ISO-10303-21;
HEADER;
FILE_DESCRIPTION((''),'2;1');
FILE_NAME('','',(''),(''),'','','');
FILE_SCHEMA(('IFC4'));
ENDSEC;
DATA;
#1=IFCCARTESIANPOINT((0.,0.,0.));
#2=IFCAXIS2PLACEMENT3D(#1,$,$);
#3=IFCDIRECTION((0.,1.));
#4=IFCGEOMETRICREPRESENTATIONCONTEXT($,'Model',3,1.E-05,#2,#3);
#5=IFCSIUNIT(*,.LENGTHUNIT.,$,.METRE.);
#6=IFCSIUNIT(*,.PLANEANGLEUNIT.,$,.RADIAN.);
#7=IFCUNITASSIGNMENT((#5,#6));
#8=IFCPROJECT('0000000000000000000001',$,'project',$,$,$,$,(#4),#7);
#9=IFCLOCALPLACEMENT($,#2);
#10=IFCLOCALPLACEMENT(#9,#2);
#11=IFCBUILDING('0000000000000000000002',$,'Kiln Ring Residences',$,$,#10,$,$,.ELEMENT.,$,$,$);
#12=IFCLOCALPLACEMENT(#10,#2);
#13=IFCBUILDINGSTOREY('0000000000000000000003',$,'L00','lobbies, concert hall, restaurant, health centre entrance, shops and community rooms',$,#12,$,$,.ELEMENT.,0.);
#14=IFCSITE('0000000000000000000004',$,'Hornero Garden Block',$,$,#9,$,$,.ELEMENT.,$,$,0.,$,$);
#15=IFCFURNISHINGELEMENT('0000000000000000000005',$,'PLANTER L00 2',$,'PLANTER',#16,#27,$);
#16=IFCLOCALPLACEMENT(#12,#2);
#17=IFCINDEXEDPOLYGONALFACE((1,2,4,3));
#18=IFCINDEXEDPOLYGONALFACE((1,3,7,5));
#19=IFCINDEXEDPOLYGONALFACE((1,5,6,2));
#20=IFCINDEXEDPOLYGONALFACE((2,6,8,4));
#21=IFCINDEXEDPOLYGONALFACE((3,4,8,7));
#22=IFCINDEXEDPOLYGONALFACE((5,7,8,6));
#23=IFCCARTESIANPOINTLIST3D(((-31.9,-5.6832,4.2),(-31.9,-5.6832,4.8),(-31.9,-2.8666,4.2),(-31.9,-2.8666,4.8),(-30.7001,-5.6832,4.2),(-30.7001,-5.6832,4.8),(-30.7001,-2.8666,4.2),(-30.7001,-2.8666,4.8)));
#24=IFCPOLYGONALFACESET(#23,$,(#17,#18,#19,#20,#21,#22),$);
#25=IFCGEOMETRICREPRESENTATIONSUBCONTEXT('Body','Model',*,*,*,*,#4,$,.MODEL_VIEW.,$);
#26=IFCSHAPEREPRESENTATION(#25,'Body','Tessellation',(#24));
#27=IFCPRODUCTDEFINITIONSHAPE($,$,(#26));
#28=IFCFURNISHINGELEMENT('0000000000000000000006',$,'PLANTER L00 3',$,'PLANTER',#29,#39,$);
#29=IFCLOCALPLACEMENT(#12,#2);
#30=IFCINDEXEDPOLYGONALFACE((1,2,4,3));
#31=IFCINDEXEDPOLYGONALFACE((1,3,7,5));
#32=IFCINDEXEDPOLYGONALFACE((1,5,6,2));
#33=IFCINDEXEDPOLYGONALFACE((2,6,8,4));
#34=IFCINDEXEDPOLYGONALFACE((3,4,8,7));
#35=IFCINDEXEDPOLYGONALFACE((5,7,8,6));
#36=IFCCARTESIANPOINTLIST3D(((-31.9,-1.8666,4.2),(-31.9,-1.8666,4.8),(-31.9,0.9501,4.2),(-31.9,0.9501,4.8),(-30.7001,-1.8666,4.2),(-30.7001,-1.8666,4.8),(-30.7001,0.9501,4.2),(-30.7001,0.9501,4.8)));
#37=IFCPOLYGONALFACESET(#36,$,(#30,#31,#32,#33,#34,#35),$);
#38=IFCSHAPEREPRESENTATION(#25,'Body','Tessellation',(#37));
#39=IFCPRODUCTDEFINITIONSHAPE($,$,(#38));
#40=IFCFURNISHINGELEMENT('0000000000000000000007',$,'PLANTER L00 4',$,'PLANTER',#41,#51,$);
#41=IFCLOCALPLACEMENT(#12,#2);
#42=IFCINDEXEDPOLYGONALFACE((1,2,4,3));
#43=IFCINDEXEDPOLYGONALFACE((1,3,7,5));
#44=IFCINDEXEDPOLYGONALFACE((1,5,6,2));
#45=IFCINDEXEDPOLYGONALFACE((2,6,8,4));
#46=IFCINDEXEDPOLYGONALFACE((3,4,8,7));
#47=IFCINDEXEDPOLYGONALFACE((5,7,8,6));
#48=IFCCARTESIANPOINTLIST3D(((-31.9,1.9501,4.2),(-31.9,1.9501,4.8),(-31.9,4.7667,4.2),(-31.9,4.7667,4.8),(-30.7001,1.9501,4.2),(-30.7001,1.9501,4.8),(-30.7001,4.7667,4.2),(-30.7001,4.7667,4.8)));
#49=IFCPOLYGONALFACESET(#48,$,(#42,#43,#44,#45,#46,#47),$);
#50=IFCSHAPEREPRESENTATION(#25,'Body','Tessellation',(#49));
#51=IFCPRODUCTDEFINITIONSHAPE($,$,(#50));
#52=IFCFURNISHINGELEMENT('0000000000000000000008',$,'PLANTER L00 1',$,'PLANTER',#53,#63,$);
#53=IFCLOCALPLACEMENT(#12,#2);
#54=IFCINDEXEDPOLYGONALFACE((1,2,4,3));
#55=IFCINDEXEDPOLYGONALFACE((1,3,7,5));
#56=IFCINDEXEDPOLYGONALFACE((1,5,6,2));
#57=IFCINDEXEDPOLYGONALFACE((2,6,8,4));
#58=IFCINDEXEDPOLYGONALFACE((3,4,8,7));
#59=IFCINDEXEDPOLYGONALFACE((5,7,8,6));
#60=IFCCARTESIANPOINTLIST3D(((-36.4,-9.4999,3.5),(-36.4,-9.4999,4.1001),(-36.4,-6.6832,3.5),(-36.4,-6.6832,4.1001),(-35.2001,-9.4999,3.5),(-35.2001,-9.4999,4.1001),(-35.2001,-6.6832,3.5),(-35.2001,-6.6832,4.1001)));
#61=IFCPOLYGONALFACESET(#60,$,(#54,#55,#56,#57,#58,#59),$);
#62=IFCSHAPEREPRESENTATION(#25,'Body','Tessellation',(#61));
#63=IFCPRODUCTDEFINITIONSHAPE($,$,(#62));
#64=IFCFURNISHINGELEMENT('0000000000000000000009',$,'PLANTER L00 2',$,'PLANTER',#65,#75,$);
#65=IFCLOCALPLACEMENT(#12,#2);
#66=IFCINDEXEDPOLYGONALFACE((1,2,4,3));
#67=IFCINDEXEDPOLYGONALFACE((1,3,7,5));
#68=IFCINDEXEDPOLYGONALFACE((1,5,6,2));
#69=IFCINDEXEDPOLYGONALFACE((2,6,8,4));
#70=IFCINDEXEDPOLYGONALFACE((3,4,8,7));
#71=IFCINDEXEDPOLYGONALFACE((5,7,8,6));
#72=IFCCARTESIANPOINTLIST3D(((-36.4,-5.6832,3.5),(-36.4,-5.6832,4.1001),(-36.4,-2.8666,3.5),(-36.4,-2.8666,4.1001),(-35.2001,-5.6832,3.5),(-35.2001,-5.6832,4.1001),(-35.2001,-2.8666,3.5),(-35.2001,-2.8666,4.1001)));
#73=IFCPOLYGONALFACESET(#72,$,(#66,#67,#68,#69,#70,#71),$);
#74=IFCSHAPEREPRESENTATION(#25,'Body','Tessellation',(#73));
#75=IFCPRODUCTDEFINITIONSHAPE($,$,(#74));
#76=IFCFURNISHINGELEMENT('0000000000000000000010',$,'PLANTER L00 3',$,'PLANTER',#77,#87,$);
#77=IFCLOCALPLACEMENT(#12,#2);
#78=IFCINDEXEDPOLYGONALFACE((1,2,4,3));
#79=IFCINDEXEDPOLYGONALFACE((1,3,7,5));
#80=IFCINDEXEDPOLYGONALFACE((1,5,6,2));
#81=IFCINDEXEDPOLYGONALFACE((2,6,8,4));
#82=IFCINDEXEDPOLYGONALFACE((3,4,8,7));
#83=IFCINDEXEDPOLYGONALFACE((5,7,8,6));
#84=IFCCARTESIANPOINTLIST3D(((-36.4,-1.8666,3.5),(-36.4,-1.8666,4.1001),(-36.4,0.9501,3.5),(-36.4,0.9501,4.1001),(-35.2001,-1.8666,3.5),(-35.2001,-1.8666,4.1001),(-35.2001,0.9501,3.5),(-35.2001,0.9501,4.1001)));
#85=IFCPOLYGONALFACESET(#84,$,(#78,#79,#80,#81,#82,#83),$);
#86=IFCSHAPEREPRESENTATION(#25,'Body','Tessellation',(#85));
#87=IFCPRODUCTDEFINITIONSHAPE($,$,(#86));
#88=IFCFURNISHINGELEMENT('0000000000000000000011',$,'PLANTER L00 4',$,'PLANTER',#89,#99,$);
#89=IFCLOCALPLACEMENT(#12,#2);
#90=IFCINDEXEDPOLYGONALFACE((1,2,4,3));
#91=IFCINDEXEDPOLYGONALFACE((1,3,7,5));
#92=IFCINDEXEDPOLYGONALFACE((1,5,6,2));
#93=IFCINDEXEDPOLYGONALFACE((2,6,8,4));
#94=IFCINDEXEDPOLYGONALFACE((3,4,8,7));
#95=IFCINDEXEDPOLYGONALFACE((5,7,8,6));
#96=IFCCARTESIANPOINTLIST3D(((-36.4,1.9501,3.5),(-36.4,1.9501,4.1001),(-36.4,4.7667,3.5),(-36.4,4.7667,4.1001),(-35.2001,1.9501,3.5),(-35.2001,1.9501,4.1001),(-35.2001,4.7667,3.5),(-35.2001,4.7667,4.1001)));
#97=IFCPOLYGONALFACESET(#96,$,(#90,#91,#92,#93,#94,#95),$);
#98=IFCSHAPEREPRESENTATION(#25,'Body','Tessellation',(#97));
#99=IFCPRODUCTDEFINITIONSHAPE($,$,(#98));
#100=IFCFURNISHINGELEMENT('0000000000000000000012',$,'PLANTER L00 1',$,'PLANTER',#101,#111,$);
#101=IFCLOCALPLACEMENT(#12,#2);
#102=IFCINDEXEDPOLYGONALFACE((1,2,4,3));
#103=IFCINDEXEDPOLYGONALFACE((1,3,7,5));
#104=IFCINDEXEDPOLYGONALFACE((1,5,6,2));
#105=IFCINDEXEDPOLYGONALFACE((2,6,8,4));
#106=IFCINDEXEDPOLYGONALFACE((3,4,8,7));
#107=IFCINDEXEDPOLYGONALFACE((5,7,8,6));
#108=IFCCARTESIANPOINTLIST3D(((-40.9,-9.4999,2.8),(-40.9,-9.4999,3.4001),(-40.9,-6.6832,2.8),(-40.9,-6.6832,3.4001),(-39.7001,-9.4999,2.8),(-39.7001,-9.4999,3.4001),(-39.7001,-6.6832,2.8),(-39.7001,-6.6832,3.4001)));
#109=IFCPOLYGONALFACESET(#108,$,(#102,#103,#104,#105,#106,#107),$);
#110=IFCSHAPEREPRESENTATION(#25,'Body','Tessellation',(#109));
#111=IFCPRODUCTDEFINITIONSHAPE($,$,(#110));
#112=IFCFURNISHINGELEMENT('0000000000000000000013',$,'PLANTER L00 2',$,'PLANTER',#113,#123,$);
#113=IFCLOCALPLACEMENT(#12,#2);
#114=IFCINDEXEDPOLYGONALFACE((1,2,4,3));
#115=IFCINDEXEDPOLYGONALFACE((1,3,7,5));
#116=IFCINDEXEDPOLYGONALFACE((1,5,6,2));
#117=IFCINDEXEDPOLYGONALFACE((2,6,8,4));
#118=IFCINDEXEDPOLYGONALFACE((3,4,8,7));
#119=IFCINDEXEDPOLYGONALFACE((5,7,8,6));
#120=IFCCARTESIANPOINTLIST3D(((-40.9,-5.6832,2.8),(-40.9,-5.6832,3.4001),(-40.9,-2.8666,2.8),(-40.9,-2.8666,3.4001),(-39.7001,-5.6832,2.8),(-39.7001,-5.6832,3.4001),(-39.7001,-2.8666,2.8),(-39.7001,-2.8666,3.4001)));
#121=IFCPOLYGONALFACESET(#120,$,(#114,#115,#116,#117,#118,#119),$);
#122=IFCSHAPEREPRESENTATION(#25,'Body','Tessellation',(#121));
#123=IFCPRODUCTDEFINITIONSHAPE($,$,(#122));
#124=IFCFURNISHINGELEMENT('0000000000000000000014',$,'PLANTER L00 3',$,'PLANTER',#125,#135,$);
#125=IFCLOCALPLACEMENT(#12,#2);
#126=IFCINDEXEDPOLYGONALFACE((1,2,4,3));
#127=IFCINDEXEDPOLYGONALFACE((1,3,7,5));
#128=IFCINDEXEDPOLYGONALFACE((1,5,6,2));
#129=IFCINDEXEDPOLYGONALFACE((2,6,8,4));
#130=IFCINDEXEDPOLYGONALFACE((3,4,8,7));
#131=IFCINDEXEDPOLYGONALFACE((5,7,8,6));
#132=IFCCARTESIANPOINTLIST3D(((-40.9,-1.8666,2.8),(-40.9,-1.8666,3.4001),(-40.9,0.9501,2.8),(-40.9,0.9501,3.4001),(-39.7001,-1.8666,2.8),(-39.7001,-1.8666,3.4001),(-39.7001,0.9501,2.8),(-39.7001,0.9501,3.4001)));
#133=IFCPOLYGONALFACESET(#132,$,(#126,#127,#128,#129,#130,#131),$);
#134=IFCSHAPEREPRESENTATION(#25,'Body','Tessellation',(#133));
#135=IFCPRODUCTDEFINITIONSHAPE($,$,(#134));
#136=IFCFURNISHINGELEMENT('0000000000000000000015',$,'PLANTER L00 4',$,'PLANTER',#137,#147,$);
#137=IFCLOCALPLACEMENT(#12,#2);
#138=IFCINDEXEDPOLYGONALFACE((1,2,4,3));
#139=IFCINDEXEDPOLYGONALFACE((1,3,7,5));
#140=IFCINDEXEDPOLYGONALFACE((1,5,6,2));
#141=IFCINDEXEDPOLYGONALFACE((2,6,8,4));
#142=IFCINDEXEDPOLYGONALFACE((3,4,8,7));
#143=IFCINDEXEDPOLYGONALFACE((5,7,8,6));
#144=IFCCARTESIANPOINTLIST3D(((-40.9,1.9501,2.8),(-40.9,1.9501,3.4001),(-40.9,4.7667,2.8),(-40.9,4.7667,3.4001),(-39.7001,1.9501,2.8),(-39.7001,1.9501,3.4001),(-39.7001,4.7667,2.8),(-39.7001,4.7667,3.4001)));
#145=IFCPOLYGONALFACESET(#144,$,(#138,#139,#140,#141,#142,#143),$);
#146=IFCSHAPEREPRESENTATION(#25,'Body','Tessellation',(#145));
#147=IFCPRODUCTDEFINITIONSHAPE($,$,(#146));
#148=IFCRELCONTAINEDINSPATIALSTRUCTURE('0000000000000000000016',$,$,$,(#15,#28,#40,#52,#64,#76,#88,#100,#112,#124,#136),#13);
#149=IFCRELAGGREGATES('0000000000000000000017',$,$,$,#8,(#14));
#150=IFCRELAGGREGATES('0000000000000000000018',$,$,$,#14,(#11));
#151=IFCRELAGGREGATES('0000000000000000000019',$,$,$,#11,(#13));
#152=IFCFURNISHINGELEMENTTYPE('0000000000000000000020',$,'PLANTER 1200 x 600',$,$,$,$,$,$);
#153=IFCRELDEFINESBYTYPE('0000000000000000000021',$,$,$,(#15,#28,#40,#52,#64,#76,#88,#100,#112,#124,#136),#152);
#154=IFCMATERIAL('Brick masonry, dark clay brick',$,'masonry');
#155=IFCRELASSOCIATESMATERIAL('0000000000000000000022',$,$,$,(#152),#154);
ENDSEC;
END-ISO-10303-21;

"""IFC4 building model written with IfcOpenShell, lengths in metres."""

from ifc_helpers import new_model, si_unit, direction, frame, origin, origin_2d, place, context, subcontext, project, spatial, rectangle, extrude, material, type_object, element, save


model = new_model("IFC4")

# Units and contexts
model_context = context("Model", 3, precision=1e-05, world=origin(), true_north=direction((0.0, 1.0)))
body_context = subcontext(model_context, "Body", "Model", "MODEL_VIEW")
ifc_project = project(units=[si_unit("LENGTHUNIT", "METRE"), si_unit("PLANEANGLEUNIT", "RADIAN")], contexts=[model_context])

# Site, building, storey
site_placement = place(None, origin())
site = spatial("IfcSite", under=ifc_project, at=site_placement, Name="Hornero Garden Block", CompositionType="ELEMENT", RefElevation=0.0)
building_placement = place(site_placement, origin())
building = spatial("IfcBuilding", under=site, at=building_placement, Name="Kiln Ring Residences", CompositionType="ELEMENT")
storey_placement = place(building_placement, origin())
storey = spatial("IfcBuildingStorey", under=building, at=storey_placement, Name="L00", Description="lobbies, concert hall, restaurant, health centre entrance, shops and community rooms", CompositionType="ELEMENT", Elevation=0.0)

# Furnishing elements
ifc_material_1 = material(Name="Brick masonry, dark clay brick", Category="masonry")
furnishing_element_type = type_object("IfcFurnishingElementType", Name="PLANTER 1200 x 600", material=ifc_material_1)
for number, where, z_axis, x_axis, name in (
    (1, (-31.3, -4.2749, 4.2), (0.0, 0.0, 1.0), (1.0, 0.0, 0.0), "PLANTER L00 2"),
    (2, (-31.3, -0.4583, 4.2), (0.0, 0.0, 1.0), (1.0, 0.0, 0.0), "PLANTER L00 3"),
    (3, (-31.3, 3.3584, 4.2), (0.0, 0.0, 1.0), (1.0, 0.0, 0.0), "PLANTER L00 4"),
    (4, (-35.8, -8.0916, 3.5), (0.0, 0.0, 1.0), (1.0, 0.0, 0.0), "PLANTER L00 1"),
    (5, (-35.8, -4.2749, 3.5), (0.0, 0.0, 1.0), (1.0, 0.0, 0.0), "PLANTER L00 2"),
    (6, (-35.8, -0.4583, 3.5), (0.0, 0.0, 1.0), (1.0, 0.0, 0.0), "PLANTER L00 3"),
    (7, (-35.8, 3.3584, 3.5), (0.0, 0.0, 1.0), (1.0, 0.0, 0.0), "PLANTER L00 4"),
    (8, (-40.3, -8.0916, 2.8), (0.0, 0.0, 1.0), (1.0, 0.0, 0.0), "PLANTER L00 1"),
    (9, (-40.3, -4.2749, 2.8), (0.0, 0.0, 1.0), (1.0, 0.0, 0.0), "PLANTER L00 2"),
    (10, (-40.3, -0.4583, 2.8), (0.0, 0.0, 1.0), (1.0, 0.0, 0.0), "PLANTER L00 3"),
    (11, (-40.3, 3.3584, 2.8), (0.0, 0.0, 1.0), (1.0, 0.0, 0.0), "PLANTER L00 4"),
):
    element("IfcFurnishingElement", number, at=place(storey_placement, frame(where, z_axis=z_axis, x_axis=x_axis)), inside=storey, type_object=furnishing_element_type, Name=name, ObjectType="PLANTER", context=body_context, shape_type="SweptSolid", body=[
        extrude(rectangle(XDim=1.2, YDim=2.8167, at=origin_2d()), origin(), (0.0, 0.0, 1.0), 0.6001),
    ])

save(model, "model.ifc")
